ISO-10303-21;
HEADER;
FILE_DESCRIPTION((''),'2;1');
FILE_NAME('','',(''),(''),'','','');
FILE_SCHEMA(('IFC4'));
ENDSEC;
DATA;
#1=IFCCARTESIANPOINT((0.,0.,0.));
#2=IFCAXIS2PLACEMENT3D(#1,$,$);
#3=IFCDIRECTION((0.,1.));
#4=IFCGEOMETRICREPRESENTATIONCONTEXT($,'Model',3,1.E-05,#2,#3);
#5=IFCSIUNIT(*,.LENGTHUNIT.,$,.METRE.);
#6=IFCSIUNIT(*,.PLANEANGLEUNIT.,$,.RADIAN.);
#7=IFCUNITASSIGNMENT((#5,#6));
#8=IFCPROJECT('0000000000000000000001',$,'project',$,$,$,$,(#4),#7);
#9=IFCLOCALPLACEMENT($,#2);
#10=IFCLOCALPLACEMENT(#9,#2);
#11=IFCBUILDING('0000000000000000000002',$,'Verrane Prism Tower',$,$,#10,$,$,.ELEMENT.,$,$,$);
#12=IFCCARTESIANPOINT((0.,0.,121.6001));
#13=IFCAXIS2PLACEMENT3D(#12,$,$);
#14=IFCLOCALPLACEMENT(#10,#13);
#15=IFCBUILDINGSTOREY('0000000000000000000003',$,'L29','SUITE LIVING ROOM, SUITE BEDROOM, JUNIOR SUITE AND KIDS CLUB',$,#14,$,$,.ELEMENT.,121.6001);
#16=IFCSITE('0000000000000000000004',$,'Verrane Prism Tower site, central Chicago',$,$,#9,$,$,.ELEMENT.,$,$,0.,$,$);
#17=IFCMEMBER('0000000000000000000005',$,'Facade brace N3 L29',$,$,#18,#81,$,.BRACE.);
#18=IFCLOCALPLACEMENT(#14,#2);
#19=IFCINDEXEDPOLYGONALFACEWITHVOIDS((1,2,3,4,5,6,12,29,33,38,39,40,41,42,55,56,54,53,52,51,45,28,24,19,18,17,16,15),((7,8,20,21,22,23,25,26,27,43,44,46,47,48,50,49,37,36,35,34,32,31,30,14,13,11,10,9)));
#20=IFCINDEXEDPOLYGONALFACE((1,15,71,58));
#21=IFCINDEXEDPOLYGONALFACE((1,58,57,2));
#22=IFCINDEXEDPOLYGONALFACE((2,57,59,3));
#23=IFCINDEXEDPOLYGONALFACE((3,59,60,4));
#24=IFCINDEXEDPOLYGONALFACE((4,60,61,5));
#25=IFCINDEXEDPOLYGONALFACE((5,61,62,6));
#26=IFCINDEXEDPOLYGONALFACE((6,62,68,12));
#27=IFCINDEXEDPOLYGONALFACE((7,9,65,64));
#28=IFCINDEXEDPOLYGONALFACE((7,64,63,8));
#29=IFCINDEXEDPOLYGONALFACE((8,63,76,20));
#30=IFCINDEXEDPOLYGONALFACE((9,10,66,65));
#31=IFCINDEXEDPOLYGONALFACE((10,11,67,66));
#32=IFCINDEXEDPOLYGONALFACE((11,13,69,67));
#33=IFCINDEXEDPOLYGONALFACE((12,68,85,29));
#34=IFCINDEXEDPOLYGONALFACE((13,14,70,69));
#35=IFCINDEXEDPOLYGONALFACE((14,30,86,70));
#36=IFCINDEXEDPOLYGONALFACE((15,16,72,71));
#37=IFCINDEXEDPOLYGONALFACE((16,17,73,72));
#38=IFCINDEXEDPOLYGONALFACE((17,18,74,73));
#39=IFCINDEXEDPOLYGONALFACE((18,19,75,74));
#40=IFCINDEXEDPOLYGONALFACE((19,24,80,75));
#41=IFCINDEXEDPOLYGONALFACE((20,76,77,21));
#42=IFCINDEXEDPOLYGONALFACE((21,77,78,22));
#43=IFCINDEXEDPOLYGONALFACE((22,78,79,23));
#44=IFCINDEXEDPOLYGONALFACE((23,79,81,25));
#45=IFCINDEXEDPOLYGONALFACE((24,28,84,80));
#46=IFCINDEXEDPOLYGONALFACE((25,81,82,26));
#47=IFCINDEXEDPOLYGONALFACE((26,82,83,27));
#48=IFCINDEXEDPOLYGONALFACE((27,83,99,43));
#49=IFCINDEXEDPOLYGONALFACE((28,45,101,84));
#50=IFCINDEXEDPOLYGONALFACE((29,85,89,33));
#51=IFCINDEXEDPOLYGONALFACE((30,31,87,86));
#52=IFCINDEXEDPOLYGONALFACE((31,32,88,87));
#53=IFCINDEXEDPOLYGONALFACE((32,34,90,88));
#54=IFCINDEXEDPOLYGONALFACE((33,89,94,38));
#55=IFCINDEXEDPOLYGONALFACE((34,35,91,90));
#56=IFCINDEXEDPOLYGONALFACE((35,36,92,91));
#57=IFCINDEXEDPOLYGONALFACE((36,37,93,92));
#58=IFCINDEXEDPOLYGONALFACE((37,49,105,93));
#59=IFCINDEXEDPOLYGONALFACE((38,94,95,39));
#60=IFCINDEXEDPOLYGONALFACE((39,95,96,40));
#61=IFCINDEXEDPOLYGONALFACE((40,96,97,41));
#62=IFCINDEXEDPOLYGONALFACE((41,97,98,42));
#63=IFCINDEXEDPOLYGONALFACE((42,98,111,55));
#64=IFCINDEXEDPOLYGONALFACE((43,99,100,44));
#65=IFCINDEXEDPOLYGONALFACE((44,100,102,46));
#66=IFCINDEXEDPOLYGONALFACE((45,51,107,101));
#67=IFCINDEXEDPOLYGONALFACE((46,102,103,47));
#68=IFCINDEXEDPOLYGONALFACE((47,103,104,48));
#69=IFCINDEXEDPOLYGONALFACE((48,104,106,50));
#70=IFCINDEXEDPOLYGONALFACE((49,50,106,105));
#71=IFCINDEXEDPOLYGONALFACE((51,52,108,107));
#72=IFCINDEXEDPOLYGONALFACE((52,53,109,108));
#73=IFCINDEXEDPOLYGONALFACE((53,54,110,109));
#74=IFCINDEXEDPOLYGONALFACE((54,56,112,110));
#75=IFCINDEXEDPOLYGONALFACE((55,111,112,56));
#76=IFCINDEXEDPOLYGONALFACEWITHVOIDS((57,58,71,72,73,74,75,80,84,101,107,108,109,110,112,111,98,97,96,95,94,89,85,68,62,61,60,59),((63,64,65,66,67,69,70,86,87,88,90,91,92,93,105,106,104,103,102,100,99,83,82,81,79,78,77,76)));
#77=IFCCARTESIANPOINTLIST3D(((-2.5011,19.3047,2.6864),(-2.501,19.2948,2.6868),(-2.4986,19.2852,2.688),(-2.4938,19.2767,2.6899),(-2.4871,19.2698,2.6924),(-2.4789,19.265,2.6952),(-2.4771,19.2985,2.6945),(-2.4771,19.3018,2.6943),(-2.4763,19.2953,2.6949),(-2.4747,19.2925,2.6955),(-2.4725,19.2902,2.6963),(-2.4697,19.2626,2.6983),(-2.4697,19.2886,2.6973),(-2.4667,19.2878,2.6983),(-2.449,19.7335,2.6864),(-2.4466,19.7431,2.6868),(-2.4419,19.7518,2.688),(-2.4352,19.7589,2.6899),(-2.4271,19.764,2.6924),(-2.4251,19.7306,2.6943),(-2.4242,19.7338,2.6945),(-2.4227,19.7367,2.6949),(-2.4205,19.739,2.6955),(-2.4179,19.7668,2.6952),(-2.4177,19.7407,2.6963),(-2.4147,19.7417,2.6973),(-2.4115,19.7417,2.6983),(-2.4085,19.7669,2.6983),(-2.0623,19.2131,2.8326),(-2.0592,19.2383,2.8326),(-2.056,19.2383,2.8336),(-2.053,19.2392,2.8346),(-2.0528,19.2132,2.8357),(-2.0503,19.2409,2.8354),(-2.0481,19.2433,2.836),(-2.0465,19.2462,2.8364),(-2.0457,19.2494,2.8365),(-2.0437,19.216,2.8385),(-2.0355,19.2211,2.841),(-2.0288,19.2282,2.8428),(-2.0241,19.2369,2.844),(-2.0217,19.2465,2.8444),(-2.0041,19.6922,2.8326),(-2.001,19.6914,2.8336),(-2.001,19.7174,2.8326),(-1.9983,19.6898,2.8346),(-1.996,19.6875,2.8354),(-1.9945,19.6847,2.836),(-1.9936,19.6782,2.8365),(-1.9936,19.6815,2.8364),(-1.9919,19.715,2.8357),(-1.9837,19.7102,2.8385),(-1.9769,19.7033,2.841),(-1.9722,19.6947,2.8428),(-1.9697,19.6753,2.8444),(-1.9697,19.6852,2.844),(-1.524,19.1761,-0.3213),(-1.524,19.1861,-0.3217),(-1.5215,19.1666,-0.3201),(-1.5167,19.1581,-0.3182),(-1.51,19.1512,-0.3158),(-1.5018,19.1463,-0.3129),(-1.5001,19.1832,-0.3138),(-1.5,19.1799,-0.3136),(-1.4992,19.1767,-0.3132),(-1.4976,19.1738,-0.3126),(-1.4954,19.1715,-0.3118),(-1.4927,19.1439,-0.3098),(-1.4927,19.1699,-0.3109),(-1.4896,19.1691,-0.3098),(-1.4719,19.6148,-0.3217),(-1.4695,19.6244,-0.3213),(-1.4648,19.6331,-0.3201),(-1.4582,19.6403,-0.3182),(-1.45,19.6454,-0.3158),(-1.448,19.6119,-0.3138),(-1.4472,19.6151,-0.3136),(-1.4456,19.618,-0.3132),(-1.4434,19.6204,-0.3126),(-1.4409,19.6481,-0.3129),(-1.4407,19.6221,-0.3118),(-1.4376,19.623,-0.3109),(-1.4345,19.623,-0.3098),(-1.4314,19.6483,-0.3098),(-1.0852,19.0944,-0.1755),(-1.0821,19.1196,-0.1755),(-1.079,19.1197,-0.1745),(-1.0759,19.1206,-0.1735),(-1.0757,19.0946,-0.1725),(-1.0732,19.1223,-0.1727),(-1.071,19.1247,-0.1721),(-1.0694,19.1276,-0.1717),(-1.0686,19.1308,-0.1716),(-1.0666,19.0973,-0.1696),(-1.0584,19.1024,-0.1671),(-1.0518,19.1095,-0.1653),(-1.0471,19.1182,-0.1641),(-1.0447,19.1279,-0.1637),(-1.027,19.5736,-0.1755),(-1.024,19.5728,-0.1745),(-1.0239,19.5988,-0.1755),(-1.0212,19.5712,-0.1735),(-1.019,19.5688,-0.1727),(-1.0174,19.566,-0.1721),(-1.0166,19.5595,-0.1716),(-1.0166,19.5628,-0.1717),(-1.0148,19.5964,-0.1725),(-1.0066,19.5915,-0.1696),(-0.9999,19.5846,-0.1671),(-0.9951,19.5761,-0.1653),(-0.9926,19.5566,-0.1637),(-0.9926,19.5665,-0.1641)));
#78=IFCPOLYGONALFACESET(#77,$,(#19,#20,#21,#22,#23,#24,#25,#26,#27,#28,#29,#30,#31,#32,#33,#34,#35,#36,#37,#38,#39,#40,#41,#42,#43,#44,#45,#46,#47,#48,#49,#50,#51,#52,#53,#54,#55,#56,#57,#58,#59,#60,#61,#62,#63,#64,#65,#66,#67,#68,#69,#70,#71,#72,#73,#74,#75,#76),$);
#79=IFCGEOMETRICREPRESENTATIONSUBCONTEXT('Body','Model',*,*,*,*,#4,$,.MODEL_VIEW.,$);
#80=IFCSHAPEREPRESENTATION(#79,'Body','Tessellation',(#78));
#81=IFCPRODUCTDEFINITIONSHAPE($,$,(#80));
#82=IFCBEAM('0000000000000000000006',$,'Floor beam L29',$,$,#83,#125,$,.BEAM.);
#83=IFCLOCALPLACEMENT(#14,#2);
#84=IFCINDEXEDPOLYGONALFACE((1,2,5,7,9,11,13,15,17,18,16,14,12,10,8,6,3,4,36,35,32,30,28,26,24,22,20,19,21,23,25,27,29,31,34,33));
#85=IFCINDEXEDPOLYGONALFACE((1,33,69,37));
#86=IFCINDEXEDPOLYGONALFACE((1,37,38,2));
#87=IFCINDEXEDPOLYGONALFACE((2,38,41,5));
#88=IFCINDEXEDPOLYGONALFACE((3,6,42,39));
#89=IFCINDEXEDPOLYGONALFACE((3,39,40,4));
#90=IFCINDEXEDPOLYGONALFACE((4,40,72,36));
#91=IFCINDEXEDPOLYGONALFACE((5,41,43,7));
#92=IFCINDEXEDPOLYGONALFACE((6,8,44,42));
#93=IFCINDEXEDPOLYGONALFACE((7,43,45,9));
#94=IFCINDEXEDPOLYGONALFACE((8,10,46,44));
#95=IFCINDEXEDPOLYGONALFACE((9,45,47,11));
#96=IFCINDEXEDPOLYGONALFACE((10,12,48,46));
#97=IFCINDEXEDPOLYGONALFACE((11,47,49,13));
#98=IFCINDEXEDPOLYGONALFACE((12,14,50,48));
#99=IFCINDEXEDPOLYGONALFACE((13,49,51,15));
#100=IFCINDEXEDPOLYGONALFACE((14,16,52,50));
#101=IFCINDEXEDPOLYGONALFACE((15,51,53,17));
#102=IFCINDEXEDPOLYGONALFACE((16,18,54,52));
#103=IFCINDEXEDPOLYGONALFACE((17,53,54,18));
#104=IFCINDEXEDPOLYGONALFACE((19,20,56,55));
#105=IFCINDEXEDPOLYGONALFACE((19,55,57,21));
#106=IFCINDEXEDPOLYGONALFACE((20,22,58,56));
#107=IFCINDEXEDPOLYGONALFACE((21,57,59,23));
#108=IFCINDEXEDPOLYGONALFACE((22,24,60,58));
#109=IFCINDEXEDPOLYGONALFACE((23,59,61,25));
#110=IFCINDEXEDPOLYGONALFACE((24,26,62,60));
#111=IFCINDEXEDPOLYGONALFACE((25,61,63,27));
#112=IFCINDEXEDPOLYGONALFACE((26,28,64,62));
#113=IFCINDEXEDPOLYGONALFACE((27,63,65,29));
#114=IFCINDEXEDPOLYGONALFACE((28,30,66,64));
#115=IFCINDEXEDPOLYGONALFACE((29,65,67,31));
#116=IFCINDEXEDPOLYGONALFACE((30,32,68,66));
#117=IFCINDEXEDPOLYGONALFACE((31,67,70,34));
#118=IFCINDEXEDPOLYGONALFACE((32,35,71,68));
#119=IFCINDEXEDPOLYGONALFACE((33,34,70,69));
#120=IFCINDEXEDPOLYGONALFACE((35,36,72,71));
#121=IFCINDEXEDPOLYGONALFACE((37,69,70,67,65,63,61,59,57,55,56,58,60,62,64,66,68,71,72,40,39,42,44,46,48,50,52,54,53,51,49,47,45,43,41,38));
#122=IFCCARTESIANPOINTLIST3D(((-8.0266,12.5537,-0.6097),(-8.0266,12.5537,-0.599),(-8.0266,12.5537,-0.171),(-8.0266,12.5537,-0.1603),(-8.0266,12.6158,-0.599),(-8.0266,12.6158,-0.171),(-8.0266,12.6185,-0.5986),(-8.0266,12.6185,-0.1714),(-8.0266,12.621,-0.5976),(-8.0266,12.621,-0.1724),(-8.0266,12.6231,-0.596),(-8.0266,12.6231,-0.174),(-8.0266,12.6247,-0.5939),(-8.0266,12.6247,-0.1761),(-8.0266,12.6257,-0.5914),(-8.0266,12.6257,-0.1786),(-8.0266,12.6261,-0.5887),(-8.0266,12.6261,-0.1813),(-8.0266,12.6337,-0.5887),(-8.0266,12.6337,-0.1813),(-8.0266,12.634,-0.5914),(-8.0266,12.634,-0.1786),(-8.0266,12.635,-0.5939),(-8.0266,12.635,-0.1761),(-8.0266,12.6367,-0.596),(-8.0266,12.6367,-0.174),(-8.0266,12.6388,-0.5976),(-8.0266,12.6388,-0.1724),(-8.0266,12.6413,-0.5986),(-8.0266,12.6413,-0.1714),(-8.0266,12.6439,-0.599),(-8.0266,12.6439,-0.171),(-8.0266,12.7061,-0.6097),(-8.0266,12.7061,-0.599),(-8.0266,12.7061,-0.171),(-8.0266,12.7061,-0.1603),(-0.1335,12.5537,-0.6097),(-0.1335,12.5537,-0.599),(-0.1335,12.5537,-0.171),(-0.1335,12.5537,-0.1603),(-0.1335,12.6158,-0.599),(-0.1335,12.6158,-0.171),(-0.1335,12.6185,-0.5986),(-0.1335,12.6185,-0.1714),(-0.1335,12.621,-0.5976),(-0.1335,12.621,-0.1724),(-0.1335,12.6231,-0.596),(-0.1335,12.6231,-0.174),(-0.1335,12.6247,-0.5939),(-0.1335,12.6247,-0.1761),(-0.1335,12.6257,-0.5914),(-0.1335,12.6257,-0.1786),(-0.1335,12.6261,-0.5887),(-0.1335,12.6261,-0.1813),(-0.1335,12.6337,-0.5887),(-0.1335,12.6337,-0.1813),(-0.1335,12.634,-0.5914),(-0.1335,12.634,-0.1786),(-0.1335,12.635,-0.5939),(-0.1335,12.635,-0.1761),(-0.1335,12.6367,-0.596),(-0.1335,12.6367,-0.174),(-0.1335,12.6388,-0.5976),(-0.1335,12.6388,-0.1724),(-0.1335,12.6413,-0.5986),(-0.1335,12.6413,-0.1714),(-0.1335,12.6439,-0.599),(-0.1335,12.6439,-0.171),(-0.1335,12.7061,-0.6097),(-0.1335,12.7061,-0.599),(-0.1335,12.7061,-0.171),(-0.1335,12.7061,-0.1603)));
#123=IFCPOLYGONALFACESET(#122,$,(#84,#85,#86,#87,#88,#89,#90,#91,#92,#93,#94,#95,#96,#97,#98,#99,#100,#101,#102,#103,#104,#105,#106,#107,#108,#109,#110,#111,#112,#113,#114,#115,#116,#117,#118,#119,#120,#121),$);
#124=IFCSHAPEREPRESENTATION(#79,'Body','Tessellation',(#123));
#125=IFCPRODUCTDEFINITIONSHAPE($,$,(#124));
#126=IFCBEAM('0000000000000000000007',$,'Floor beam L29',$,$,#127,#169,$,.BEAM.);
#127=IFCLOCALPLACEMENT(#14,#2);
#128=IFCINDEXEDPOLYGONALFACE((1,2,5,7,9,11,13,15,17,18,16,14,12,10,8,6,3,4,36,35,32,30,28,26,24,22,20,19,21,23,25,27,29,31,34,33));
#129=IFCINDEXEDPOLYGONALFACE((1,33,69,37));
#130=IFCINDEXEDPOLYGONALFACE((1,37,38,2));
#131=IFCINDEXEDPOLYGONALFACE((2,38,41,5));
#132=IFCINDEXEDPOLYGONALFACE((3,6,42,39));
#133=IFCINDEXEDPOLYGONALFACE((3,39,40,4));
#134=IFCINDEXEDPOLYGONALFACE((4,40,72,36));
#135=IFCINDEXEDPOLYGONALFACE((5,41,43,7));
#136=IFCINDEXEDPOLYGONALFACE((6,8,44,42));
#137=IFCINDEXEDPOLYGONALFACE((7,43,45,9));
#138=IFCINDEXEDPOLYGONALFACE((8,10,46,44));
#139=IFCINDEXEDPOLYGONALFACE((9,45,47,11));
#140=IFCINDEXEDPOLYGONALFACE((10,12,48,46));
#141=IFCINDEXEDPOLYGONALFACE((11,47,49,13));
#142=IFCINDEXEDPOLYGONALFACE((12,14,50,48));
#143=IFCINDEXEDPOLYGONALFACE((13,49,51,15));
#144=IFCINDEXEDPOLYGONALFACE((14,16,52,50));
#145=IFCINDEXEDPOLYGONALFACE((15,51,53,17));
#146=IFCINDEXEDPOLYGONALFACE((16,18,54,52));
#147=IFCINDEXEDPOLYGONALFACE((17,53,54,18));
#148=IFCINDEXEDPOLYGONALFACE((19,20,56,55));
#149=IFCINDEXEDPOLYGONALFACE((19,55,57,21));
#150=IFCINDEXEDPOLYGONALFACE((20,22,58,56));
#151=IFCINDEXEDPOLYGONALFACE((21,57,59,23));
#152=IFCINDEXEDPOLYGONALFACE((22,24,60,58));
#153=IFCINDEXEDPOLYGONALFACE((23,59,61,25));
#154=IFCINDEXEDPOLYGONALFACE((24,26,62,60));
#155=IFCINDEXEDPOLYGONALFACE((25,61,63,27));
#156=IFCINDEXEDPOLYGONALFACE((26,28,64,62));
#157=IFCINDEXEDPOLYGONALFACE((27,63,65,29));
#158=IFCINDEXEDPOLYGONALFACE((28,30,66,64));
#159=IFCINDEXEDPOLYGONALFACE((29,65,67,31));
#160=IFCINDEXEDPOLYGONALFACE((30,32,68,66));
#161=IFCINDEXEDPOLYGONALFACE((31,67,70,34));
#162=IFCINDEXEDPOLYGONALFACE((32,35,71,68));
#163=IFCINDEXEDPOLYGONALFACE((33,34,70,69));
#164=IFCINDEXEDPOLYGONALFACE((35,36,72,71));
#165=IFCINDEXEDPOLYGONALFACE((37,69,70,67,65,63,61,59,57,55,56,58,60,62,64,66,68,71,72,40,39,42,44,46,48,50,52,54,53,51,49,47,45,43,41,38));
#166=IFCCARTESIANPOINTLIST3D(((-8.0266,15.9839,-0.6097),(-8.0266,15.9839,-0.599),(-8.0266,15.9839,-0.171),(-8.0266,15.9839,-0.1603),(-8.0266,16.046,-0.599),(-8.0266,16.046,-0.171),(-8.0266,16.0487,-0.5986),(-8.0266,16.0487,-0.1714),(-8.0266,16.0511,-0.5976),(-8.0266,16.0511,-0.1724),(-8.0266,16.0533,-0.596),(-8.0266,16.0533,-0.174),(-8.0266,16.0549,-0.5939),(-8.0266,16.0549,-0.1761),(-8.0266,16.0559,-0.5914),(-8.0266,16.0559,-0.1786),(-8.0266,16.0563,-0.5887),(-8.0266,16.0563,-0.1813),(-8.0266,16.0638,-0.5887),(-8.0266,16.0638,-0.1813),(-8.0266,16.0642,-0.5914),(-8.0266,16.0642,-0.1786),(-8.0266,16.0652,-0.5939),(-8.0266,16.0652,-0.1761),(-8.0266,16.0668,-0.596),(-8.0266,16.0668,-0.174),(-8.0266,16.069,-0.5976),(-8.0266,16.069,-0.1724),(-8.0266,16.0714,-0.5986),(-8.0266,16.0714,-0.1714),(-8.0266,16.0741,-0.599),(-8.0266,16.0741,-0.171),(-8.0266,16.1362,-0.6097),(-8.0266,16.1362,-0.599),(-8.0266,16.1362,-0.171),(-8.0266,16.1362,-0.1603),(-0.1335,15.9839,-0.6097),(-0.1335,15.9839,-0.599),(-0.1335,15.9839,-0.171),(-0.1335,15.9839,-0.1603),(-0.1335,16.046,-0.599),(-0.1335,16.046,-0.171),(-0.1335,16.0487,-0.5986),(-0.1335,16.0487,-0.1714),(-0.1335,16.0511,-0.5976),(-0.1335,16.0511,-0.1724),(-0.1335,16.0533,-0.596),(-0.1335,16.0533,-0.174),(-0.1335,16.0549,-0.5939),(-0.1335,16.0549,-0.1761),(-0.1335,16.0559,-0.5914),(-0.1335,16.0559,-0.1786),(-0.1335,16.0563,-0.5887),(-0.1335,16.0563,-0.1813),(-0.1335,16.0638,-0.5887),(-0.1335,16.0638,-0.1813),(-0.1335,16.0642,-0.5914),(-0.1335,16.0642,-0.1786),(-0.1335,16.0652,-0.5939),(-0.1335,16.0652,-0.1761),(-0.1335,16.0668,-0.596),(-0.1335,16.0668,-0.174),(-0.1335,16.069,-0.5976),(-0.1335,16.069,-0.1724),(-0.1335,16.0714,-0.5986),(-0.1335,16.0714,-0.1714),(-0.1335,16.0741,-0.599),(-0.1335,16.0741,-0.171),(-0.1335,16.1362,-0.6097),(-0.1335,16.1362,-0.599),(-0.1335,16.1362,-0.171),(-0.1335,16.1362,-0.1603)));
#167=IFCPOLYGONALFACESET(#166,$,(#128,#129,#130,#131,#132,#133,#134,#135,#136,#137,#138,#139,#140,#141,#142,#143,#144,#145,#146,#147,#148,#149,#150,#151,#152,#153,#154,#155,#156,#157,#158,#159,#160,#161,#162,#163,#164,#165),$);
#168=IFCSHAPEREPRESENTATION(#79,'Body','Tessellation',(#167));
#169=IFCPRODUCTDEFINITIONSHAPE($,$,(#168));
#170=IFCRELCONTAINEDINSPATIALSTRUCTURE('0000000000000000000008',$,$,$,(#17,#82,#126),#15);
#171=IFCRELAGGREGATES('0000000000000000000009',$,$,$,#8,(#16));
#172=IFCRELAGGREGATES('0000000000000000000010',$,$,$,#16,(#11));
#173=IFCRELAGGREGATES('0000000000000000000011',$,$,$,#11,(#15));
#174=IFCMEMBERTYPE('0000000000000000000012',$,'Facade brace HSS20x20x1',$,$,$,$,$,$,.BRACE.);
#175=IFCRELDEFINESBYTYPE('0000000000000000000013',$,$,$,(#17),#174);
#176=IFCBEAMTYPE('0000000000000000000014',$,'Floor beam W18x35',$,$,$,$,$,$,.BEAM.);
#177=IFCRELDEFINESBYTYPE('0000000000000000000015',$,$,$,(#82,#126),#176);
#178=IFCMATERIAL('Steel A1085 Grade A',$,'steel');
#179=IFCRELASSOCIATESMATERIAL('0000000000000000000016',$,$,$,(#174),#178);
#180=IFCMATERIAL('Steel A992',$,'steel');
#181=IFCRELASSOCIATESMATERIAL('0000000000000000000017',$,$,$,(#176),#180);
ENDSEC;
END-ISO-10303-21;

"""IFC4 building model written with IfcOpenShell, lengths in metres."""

from ifc_helpers import new_model, si_unit, direction, frame, origin, origin_2d, place, context, subcontext, project, spatial, hollow_rectangle, i_section, extrude, material, material_profile, profile_set, type_object, element, save


model = new_model("IFC4")

# Units and contexts
model_context = context("Model", 3, precision=1e-05, world=origin(), true_north=direction((0.0, 1.0)))
body_context = subcontext(model_context, "Body", "Model", "MODEL_VIEW")
ifc_project = project(units=[si_unit("LENGTHUNIT", "METRE"), si_unit("PLANEANGLEUNIT", "RADIAN")], contexts=[model_context])

# Site, building, storey
site_placement = place(None, origin())
site = spatial("IfcSite", under=ifc_project, at=site_placement, Name="Verrane Prism Tower site, central Chicago", CompositionType="ELEMENT", RefElevation=0.0)
building_placement = place(site_placement, origin())
building = spatial("IfcBuilding", under=site, at=building_placement, Name="Verrane Prism Tower", CompositionType="ELEMENT")
storey_placement = place(building_placement, frame((0.0, 0.0, 121.6001)))
storey = spatial("IfcBuildingStorey", under=building, at=storey_placement, Name="L29", Description="SUITE LIVING ROOM, SUITE BEDROOM, JUNIOR SUITE AND KIDS CLUB", CompositionType="ELEMENT", Elevation=121.6001)

# Member
ifc_material_1 = material(Name="Steel A1085 Grade A", Category="steel")
ifc_material_profile_1 = material_profile(ifc_material_1, hollow_rectangle(XDim=0.5081, YDim=0.5081, WallThickness=0.0254, InnerFilletRadius=0.0127, OuterFilletRadius=0.0381, at=origin_2d()), Name="HSS20x20x1")
ifc_profile_set_1 = profile_set([ifc_material_profile_1], Name="Steel A1085 Grade A")
member_type_1 = type_object("IfcMemberType", Name="Facade brace HSS20x20x1", PredefinedType="BRACE", material=ifc_profile_set_1)
member_1_placement = place(storey_placement, frame((-1.2583, 19.3713, -0.2427), z_axis=(-0.308707, 0.037489, 0.950418), x_axis=(-0.120554, -0.992707, 0.0)))
element("IfcMember", 1, at=member_1_placement, inside=storey, type_object=member_type_1, Name="Facade brace N3 L29", PredefinedType="BRACE", context=body_context, shape_type="SweptSolid", body=[
    extrude(hollow_rectangle(XDim=0.5081, YDim=0.5081, WallThickness=0.0254, InnerFilletRadius=0.0127, OuterFilletRadius=0.0381, at=origin_2d()), origin(), (0.0, 0.0, 1.0), 3.165),
])

# Beams
ifc_material_2 = material(Name="Steel A992", Category="steel")
ifc_material_profile_2 = material_profile(ifc_material_2, i_section(OverallWidth=0.1523, OverallDepth=0.4495, WebThickness=0.0076, FlangeThickness=0.0107, FilletRadius=0.0103, at=origin_2d()), Name="W18x35")
ifc_profile_set_2 = profile_set([ifc_material_profile_2], Name="Steel A992")
beam_type_1 = type_object("IfcBeamType", Name="Floor beam W18x35", PredefinedType="BEAM", material=ifc_profile_set_2)
for number, where, z_axis, x_axis, name in (
    (2, (-8.0266, 12.6299, -0.385), (1.0, 0.0, 0.0), (0.0, 1.0, 0.0), "Floor beam L29"),
    (3, (-8.0266, 16.0601, -0.385), (1.0, 0.0, 0.0), (0.0, 1.0, 0.0), "Floor beam L29"),
):
    element("IfcBeam", number, at=place(storey_placement, frame(where, z_axis=z_axis, x_axis=x_axis)), inside=storey, type_object=beam_type_1, Name=name, PredefinedType="BEAM", context=body_context, shape_type="SweptSolid", body=[
        extrude(i_section(OverallWidth=0.1523, OverallDepth=0.4495, WebThickness=0.0076, FlangeThickness=0.0107, FilletRadius=0.0103, at=origin_2d()), origin(), (0.0, 0.0, 1.0), 7.8931),
    ])

save(model, "model.ifc")
